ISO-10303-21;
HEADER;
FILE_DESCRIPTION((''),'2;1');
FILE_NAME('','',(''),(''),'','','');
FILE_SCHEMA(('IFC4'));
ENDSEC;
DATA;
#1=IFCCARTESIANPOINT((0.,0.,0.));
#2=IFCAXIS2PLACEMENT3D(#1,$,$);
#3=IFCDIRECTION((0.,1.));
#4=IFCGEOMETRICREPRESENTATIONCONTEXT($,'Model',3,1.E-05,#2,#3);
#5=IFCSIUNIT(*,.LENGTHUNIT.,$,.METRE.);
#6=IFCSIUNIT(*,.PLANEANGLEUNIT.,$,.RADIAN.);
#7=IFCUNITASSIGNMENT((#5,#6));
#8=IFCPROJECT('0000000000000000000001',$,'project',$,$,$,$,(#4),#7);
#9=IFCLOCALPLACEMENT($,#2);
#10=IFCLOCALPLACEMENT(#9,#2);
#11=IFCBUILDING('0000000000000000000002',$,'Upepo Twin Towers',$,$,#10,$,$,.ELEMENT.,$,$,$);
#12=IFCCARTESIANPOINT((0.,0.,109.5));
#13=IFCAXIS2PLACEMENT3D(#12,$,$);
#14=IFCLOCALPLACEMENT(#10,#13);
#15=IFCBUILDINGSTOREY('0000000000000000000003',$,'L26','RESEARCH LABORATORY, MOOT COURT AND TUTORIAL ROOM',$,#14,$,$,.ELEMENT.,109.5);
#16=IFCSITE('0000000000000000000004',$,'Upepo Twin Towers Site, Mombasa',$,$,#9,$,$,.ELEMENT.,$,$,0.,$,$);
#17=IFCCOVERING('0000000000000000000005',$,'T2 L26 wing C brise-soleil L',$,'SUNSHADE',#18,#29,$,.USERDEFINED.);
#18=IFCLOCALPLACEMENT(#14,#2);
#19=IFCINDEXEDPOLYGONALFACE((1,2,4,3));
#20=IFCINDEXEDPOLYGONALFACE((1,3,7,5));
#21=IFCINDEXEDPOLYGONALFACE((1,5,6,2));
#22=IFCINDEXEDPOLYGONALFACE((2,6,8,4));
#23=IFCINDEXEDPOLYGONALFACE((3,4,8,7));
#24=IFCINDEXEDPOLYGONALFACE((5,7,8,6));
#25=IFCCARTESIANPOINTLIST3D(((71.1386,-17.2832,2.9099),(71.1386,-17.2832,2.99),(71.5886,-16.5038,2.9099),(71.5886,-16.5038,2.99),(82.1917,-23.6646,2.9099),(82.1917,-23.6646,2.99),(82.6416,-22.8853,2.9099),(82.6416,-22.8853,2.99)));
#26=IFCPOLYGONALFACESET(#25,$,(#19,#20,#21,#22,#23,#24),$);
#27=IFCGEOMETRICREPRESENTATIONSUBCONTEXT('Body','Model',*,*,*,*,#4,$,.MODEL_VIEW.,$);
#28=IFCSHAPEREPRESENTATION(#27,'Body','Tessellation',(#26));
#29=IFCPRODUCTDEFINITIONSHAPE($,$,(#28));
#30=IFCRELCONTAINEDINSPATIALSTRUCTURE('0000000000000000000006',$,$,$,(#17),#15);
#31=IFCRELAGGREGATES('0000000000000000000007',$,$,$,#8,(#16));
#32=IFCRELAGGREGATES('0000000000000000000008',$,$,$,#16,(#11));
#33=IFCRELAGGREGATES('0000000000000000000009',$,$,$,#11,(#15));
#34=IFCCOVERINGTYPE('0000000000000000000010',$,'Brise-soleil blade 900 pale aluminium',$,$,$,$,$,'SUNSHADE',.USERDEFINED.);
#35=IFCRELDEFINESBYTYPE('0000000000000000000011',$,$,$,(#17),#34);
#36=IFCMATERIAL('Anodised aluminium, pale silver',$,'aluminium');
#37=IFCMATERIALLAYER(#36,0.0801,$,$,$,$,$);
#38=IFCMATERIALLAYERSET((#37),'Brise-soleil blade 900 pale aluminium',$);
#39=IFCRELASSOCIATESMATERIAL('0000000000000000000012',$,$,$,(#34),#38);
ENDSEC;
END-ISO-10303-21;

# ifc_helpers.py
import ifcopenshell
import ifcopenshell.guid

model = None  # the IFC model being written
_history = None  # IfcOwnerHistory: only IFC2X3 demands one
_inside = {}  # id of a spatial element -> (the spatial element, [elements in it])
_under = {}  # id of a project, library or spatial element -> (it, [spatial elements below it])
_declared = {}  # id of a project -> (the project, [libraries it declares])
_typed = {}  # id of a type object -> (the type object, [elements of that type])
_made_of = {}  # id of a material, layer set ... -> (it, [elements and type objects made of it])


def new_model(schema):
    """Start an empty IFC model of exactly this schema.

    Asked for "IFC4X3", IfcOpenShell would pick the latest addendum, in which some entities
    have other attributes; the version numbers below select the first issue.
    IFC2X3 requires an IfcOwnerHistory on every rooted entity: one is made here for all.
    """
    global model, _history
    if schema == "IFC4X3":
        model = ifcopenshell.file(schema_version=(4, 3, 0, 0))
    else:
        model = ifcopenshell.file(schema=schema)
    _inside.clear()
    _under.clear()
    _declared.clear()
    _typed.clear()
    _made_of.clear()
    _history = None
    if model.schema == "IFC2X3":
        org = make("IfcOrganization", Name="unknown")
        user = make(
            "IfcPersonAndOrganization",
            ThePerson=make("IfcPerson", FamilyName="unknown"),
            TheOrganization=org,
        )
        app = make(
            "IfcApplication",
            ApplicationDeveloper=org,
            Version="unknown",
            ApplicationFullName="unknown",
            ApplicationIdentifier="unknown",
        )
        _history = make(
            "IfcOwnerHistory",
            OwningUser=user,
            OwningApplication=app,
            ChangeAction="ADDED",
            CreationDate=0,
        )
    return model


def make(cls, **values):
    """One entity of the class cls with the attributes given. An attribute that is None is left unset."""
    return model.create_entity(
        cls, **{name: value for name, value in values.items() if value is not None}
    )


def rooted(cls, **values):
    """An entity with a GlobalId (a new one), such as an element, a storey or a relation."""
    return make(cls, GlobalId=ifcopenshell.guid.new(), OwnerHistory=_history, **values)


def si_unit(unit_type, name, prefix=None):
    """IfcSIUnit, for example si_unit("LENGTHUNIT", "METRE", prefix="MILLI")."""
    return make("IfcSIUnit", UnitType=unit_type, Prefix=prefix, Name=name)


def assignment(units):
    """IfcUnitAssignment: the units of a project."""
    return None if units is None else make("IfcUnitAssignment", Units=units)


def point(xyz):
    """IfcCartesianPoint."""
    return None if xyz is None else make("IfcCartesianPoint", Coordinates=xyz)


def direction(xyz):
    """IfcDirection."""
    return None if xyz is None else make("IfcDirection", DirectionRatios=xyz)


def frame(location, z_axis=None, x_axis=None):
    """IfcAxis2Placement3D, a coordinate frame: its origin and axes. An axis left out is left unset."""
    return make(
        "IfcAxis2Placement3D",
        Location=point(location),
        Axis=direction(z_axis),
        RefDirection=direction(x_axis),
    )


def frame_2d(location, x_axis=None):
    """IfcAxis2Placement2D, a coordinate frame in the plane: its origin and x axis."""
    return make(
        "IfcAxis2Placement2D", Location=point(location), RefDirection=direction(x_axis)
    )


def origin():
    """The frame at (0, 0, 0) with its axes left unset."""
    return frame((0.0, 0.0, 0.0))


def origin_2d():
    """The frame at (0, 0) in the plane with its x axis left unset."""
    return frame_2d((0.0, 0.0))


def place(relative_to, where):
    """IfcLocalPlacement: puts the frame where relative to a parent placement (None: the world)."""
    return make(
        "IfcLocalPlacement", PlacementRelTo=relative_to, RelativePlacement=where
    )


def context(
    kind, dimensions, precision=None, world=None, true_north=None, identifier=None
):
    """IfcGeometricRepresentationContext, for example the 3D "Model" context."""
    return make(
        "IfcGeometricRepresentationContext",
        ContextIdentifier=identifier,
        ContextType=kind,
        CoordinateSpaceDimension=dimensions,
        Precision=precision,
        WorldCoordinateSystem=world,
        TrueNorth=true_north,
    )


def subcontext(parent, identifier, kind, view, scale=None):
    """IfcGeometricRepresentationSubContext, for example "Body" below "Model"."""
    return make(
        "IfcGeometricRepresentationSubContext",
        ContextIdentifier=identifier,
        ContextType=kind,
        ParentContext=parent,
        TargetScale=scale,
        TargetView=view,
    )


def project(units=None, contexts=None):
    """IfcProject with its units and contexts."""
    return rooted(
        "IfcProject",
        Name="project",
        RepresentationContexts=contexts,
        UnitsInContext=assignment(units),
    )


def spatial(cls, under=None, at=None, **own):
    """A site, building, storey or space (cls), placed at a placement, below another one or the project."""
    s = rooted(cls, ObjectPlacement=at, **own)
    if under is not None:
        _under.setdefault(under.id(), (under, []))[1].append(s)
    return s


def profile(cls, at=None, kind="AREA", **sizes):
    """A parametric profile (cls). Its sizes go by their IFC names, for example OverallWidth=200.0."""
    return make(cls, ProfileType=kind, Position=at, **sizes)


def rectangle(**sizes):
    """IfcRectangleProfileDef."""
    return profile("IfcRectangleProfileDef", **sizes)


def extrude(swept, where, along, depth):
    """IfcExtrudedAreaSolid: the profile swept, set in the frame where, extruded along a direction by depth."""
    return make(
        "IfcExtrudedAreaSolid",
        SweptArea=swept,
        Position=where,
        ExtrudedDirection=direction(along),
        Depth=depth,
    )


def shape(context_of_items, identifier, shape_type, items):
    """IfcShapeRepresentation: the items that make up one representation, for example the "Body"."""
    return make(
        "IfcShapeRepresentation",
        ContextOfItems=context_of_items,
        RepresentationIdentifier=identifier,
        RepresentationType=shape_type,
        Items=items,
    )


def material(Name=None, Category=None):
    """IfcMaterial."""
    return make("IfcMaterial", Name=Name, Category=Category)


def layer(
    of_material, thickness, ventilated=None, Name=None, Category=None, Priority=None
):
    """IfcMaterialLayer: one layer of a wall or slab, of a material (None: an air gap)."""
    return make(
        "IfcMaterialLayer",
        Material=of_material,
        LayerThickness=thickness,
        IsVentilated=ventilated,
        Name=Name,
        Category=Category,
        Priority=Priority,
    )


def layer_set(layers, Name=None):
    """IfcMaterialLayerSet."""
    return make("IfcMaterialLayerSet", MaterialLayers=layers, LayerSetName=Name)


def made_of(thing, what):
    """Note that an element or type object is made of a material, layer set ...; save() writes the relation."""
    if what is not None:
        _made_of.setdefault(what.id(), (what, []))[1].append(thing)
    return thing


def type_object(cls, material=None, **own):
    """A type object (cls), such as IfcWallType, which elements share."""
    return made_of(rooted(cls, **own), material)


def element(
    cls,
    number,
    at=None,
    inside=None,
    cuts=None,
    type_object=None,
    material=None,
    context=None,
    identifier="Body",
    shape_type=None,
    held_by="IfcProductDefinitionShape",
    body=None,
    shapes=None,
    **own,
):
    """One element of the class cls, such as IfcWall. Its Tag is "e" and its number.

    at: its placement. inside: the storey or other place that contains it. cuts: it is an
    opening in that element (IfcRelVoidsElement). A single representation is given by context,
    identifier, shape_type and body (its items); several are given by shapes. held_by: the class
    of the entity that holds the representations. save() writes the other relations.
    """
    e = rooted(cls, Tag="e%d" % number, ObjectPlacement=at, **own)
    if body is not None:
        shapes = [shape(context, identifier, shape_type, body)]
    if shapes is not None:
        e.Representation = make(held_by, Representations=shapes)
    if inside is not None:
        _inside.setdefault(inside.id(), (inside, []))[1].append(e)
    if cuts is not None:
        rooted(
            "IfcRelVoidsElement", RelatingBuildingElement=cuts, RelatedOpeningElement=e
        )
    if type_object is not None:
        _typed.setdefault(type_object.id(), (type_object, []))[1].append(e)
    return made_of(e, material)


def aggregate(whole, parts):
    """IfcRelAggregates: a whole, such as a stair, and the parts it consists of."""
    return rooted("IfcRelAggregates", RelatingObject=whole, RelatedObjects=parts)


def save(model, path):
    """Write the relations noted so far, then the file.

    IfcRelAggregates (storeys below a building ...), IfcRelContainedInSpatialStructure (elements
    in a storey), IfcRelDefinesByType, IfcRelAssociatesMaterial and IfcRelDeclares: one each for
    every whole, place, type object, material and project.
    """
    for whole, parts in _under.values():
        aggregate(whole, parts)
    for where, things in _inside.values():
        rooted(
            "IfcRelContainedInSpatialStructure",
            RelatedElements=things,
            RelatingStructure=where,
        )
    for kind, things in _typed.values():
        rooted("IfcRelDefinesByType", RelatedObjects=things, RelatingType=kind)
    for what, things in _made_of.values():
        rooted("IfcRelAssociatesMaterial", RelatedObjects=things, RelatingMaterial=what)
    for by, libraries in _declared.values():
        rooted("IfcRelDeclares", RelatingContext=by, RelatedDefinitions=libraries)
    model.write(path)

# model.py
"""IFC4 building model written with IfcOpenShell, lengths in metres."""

from ifc_helpers import new_model, si_unit, direction, frame, origin, origin_2d, place, context, subcontext, project, spatial, rectangle, extrude, material, layer, layer_set, type_object, element, save


model = new_model("IFC4")

# Units and contexts
model_context = context("Model", 3, precision=1e-05, world=origin(), true_north=direction((0.0, 1.0)))
body_context = subcontext(model_context, "Body", "Model", "MODEL_VIEW")
ifc_project = project(units=[si_unit("LENGTHUNIT", "METRE"), si_unit("PLANEANGLEUNIT", "RADIAN")], contexts=[model_context])

# Site, building, storey
site_placement = place(None, origin())
site = spatial("IfcSite", under=ifc_project, at=site_placement, Name="Upepo Twin Towers Site, Mombasa", CompositionType="ELEMENT", RefElevation=0.0)
building_placement = place(site_placement, origin())
building = spatial("IfcBuilding", under=site, at=building_placement, Name="Upepo Twin Towers", CompositionType="ELEMENT")
storey_placement = place(building_placement, frame((0.0, 0.0, 109.5)))
storey = spatial("IfcBuildingStorey", under=building, at=storey_placement, Name="L26", Description="RESEARCH LABORATORY, MOOT COURT AND TUTORIAL ROOM", CompositionType="ELEMENT", Elevation=109.5)

# Covering
ifc_material_1 = material(Name="Anodised aluminium, pale silver", Category="aluminium")
ifc_layer_1 = layer(ifc_material_1, 0.0801)
ifc_layer_set_1 = layer_set([ifc_layer_1], Name="Brise-soleil blade 900 pale aluminium")
covering_type = type_object("IfcCoveringType", Name="Brise-soleil blade 900 pale aluminium", ElementType="SUNSHADE", PredefinedType="USERDEFINED", material=ifc_layer_set_1)
covering_placement = place(storey_placement, frame((76.8901, -20.0842, 2.9099), z_axis=(0.0, 0.0, 1.0), x_axis=(0.866025, -0.5, 0.0)))
element("IfcCovering", 1, at=covering_placement, inside=storey, type_object=covering_type, Name="T2 L26 wing C brise-soleil L", ObjectType="SUNSHADE", PredefinedType="USERDEFINED", context=body_context, shape_type="SweptSolid", body=[
    extrude(rectangle(XDim=12.7629, YDim=0.8999, at=origin_2d()), origin(), (0.0, 0.0, 1.0), 0.0801),
])

save(model, "model.ifc")
